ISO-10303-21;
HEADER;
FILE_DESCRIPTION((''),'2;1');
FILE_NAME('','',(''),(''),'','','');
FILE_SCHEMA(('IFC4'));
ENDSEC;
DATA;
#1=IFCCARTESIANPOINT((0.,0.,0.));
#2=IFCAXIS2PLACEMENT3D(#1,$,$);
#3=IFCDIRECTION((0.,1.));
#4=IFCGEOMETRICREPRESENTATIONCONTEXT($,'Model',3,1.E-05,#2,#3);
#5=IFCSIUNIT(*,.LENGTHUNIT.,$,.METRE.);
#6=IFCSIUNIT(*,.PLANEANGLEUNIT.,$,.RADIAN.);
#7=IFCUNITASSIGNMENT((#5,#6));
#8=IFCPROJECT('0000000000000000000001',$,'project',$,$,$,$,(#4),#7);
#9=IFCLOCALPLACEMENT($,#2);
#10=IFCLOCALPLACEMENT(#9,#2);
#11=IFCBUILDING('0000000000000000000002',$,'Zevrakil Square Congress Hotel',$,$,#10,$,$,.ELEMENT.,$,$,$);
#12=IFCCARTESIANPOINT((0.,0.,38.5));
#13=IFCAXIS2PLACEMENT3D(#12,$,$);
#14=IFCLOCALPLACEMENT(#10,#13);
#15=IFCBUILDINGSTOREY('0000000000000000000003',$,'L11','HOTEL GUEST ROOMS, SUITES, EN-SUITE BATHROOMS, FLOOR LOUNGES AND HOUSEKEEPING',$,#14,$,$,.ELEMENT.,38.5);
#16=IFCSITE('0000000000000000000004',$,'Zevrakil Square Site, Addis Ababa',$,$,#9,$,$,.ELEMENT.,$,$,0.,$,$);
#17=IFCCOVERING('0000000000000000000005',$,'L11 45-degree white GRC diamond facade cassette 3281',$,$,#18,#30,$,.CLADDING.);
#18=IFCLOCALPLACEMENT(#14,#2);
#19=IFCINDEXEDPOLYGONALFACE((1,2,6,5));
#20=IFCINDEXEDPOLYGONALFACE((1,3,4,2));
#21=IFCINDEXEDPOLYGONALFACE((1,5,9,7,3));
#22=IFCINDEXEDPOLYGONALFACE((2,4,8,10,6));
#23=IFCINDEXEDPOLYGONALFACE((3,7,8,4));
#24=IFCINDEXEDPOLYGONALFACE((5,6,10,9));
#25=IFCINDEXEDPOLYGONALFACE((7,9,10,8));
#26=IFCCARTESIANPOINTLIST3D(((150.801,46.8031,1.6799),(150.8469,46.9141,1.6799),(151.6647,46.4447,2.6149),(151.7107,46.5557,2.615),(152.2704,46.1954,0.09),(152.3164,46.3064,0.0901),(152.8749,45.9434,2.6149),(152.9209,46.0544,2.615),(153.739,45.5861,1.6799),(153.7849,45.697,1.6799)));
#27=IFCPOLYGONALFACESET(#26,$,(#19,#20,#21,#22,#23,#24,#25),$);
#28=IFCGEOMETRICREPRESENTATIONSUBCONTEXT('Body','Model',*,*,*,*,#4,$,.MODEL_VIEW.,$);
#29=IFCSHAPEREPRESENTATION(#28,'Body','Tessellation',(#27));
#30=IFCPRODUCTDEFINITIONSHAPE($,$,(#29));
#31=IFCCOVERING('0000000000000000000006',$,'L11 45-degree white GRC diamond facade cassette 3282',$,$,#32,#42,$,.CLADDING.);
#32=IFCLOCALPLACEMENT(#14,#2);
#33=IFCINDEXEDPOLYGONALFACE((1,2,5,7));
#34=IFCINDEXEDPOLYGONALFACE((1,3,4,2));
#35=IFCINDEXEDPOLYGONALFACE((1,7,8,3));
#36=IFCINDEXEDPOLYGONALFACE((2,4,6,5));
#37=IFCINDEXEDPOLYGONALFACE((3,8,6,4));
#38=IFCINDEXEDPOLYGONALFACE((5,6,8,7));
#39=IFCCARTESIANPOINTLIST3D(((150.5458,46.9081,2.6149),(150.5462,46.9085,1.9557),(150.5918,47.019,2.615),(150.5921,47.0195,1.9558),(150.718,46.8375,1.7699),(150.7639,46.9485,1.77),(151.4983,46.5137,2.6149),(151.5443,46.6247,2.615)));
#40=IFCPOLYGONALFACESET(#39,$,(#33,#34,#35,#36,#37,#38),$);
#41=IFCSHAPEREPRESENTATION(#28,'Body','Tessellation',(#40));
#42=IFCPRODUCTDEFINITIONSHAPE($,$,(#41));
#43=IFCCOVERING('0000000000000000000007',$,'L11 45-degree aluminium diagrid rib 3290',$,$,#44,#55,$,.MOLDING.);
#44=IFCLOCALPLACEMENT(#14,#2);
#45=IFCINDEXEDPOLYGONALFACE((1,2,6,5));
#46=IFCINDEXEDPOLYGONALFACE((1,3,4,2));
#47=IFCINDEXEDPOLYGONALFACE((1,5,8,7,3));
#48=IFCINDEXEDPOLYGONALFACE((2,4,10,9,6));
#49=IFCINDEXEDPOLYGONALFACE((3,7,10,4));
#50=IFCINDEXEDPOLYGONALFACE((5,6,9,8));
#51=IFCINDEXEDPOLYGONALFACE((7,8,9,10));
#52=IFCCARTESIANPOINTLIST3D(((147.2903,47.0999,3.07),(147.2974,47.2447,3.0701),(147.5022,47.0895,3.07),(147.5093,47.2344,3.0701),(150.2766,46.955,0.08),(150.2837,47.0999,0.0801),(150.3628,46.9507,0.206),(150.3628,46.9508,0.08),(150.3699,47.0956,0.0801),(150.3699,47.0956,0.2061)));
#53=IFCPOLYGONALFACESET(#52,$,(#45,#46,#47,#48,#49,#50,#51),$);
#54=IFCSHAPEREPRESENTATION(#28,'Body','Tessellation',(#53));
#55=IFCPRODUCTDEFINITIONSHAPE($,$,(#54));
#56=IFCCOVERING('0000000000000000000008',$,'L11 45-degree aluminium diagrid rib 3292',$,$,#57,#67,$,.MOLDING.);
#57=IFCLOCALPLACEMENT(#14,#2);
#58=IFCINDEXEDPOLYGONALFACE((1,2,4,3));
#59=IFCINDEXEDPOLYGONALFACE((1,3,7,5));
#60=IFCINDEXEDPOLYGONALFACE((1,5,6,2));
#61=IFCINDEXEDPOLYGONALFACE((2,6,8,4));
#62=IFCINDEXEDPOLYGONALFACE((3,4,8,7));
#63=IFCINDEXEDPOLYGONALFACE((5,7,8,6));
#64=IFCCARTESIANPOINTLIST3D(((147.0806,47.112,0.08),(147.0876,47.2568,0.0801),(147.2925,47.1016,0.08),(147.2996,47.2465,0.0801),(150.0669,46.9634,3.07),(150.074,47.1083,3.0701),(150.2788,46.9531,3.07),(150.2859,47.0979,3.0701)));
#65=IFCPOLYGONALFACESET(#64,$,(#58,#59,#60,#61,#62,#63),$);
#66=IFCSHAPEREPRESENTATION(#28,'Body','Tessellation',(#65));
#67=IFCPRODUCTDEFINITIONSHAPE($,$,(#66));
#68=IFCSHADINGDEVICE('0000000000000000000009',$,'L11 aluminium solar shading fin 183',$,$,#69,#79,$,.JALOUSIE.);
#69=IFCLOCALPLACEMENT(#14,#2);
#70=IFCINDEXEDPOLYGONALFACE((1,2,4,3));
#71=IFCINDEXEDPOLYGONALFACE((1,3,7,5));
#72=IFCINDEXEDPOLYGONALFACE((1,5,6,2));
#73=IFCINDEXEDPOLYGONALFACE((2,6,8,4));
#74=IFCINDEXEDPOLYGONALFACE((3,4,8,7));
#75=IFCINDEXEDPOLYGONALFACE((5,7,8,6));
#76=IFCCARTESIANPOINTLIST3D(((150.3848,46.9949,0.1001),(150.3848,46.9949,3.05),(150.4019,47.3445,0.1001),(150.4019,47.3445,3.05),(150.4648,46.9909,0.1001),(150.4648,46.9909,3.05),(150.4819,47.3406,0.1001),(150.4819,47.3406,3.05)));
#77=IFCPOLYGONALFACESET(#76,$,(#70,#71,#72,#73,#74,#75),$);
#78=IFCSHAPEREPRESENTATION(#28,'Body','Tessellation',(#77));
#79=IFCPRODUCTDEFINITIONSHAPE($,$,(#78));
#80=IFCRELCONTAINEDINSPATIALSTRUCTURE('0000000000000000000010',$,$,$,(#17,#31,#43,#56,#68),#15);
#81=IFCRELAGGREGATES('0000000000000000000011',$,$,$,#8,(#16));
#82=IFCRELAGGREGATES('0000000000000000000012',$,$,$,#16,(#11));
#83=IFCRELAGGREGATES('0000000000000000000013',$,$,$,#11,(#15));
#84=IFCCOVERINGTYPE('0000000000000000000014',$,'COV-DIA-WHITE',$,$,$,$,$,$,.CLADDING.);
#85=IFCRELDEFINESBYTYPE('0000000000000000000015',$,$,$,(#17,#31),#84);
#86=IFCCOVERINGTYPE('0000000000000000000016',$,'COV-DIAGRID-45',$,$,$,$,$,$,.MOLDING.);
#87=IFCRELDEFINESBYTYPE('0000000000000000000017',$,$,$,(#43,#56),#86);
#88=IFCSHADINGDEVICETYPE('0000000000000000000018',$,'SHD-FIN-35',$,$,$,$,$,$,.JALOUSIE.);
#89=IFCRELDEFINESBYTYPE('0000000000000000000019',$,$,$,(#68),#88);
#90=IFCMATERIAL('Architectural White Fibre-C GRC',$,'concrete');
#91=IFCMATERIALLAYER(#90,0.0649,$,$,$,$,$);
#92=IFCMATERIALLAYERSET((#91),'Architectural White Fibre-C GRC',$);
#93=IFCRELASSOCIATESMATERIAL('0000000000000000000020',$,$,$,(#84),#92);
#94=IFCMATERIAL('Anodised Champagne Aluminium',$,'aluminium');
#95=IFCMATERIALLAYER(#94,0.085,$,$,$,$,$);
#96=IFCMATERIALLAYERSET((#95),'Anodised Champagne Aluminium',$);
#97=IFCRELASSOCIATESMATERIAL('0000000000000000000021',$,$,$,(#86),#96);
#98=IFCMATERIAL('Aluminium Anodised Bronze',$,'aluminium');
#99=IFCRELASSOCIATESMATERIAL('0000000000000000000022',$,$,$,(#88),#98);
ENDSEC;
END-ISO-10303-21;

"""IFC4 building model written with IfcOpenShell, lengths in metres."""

from ifc_helpers import new_model, si_unit, direction, frame, origin, origin_2d, place, context, subcontext, project, spatial, polyline, rectangle, outline, extrude, material, layer, layer_set, type_object, element, save


model = new_model("IFC4")

# Units and contexts
model_context = context("Model", 3, precision=1e-05, world=origin(), true_north=direction((0.0, 1.0)))
body_context = subcontext(model_context, "Body", "Model", "MODEL_VIEW")
ifc_project = project(units=[si_unit("LENGTHUNIT", "METRE"), si_unit("PLANEANGLEUNIT", "RADIAN")], contexts=[model_context])

# Site, building, storey
site_placement = place(None, origin())
site = spatial("IfcSite", under=ifc_project, at=site_placement, Name="Zevrakil Square Site, Addis Ababa", CompositionType="ELEMENT", RefElevation=0.0)
building_placement = place(site_placement, origin())
building = spatial("IfcBuilding", under=site, at=building_placement, Name="Zevrakil Square Congress Hotel", CompositionType="ELEMENT")
storey_placement = place(building_placement, frame((0.0, 0.0, 38.5)))
storey = spatial("IfcBuildingStorey", under=building, at=storey_placement, Name="L11", Description="HOTEL GUEST ROOMS, SUITES, EN-SUITE BATHROOMS, FLOOR LOUNGES AND HOUSEKEEPING", CompositionType="ELEMENT", Elevation=38.5)

# Coverings
ifc_material_1 = material(Name="Architectural White Fibre-C GRC", Category="concrete")
ifc_layer_1 = layer(ifc_material_1, 0.0649)
ifc_layer_set_1 = layer_set([ifc_layer_1], Name="Architectural White Fibre-C GRC")
covering_type_1 = type_object("IfcCoveringType", Name="COV-DIA-WHITE", PredefinedType="CLADDING", material=ifc_layer_set_1)
covering_1_placement = place(storey_placement, frame((150.8469, 46.9141, 1.6799), z_axis=(0.382698, 0.923873, 0.000577), x_axis=(0.6535, -0.270259, -0.707035)))
element("IfcCovering", 1, at=covering_1_placement, inside=storey, type_object=covering_type_1, Name="L11 45-degree white GRC diamond facade cassette 3281", PredefinedType="CLADDING", context=body_context, shape_type="SweptSolid", body=[
    extrude(outline(polyline([(0.0, 0.0), (2.2486, 0.0), (2.2489, -2.2484), (0.9265, -2.2486), (0.0002, -1.3225), (0.0, 0.0)])), origin(), (0.0, 0.0, -1.0), 0.1201),
])
covering_2_placement = place(storey_placement, frame((150.7639, 46.9485, 1.77), z_axis=(0.382543, 0.923937, 0.000773), x_axis=(0.65307, -0.270986, 0.707154)))
element("IfcCovering", 2, at=covering_2_placement, inside=storey, type_object=covering_type_1, Name="L11 45-degree white GRC diamond facade cassette 3282", PredefinedType="CLADDING", context=body_context, shape_type="SweptSolid", body=[
    extrude(outline(polyline([(0.0, 0.0), (1.1949, 0.0), (0.466, -0.729), (0.0, -0.2628), (0.0, 0.0)])), origin(), (0.0, 0.0, -1.0), 0.1201),
])
ifc_material_2 = material(Name="Anodised Champagne Aluminium", Category="aluminium")
ifc_layer_2 = layer(ifc_material_2, 0.085)
ifc_layer_set_2 = layer_set([ifc_layer_2], Name="Anodised Champagne Aluminium")
covering_type_2 = type_object("IfcCoveringType", Name="COV-DIAGRID-45", PredefinedType="MOLDING", material=ifc_layer_set_2)
covering_3_placement = place(storey_placement, frame((150.2837, 47.0999, 0.0801), z_axis=(0.04889, 0.998804, 0.000431), x_axis=(0.998804, -0.04889, 0.0)))
element("IfcCovering", 3, at=covering_3_placement, inside=storey, type_object=covering_type_2, Name="L11 45-degree aluminium diagrid rib 3290", PredefinedType="MOLDING", context=body_context, shape_type="SweptSolid", body=[
    extrude(outline(polyline([(0.0, 0.0), (0.0863, 0.0), (0.0863, -0.126), (-2.7777, -2.99), (-2.9898, -2.99), (0.0, 0.0)])), origin(), (0.0, 0.0, -1.0), 0.145),
])
covering_4_placement = place(storey_placement, frame((150.2859, 47.0979, 3.0701), z_axis=(0.048905, 0.998803, 0.000782), x_axis=(-0.998803, 0.048905, 0.0)))
element("IfcCovering", 4, at=covering_4_placement, inside=storey, type_object=covering_type_2, Name="L11 45-degree aluminium diagrid rib 3292", PredefinedType="MOLDING", context=body_context, shape_type="SweptSolid", body=[
    extrude(outline(polyline([(0.0, 0.0), (0.2122, 0.0), (3.2022, -2.99), (2.99, -2.99), (0.0, 0.0)])), origin(), (0.0, 0.0, -1.0), 0.145),
])

# Shading device
ifc_material_3 = material(Name="Aluminium Anodised Bronze", Category="aluminium")
shading_device_type = type_object("IfcShadingDeviceType", Name="SHD-FIN-35", PredefinedType="JALOUSIE", material=ifc_material_3)
shading_device_placement = place(storey_placement, frame((150.4333, 47.1677, 0.1001), z_axis=(0.0, 0.0, 1.0), x_axis=(0.049059, 0.998796, 0.0)))
element("IfcShadingDevice", 5, at=shading_device_placement, inside=storey, type_object=shading_device_type, Name="L11 aluminium solar shading fin 183", PredefinedType="JALOUSIE", context=body_context, shape_type="SweptSolid", body=[
    extrude(rectangle(XDim=0.3501, YDim=0.0801, at=origin_2d()), origin(), (0.0, 0.0, 1.0), 2.95),
])

save(model, "model.ifc")
